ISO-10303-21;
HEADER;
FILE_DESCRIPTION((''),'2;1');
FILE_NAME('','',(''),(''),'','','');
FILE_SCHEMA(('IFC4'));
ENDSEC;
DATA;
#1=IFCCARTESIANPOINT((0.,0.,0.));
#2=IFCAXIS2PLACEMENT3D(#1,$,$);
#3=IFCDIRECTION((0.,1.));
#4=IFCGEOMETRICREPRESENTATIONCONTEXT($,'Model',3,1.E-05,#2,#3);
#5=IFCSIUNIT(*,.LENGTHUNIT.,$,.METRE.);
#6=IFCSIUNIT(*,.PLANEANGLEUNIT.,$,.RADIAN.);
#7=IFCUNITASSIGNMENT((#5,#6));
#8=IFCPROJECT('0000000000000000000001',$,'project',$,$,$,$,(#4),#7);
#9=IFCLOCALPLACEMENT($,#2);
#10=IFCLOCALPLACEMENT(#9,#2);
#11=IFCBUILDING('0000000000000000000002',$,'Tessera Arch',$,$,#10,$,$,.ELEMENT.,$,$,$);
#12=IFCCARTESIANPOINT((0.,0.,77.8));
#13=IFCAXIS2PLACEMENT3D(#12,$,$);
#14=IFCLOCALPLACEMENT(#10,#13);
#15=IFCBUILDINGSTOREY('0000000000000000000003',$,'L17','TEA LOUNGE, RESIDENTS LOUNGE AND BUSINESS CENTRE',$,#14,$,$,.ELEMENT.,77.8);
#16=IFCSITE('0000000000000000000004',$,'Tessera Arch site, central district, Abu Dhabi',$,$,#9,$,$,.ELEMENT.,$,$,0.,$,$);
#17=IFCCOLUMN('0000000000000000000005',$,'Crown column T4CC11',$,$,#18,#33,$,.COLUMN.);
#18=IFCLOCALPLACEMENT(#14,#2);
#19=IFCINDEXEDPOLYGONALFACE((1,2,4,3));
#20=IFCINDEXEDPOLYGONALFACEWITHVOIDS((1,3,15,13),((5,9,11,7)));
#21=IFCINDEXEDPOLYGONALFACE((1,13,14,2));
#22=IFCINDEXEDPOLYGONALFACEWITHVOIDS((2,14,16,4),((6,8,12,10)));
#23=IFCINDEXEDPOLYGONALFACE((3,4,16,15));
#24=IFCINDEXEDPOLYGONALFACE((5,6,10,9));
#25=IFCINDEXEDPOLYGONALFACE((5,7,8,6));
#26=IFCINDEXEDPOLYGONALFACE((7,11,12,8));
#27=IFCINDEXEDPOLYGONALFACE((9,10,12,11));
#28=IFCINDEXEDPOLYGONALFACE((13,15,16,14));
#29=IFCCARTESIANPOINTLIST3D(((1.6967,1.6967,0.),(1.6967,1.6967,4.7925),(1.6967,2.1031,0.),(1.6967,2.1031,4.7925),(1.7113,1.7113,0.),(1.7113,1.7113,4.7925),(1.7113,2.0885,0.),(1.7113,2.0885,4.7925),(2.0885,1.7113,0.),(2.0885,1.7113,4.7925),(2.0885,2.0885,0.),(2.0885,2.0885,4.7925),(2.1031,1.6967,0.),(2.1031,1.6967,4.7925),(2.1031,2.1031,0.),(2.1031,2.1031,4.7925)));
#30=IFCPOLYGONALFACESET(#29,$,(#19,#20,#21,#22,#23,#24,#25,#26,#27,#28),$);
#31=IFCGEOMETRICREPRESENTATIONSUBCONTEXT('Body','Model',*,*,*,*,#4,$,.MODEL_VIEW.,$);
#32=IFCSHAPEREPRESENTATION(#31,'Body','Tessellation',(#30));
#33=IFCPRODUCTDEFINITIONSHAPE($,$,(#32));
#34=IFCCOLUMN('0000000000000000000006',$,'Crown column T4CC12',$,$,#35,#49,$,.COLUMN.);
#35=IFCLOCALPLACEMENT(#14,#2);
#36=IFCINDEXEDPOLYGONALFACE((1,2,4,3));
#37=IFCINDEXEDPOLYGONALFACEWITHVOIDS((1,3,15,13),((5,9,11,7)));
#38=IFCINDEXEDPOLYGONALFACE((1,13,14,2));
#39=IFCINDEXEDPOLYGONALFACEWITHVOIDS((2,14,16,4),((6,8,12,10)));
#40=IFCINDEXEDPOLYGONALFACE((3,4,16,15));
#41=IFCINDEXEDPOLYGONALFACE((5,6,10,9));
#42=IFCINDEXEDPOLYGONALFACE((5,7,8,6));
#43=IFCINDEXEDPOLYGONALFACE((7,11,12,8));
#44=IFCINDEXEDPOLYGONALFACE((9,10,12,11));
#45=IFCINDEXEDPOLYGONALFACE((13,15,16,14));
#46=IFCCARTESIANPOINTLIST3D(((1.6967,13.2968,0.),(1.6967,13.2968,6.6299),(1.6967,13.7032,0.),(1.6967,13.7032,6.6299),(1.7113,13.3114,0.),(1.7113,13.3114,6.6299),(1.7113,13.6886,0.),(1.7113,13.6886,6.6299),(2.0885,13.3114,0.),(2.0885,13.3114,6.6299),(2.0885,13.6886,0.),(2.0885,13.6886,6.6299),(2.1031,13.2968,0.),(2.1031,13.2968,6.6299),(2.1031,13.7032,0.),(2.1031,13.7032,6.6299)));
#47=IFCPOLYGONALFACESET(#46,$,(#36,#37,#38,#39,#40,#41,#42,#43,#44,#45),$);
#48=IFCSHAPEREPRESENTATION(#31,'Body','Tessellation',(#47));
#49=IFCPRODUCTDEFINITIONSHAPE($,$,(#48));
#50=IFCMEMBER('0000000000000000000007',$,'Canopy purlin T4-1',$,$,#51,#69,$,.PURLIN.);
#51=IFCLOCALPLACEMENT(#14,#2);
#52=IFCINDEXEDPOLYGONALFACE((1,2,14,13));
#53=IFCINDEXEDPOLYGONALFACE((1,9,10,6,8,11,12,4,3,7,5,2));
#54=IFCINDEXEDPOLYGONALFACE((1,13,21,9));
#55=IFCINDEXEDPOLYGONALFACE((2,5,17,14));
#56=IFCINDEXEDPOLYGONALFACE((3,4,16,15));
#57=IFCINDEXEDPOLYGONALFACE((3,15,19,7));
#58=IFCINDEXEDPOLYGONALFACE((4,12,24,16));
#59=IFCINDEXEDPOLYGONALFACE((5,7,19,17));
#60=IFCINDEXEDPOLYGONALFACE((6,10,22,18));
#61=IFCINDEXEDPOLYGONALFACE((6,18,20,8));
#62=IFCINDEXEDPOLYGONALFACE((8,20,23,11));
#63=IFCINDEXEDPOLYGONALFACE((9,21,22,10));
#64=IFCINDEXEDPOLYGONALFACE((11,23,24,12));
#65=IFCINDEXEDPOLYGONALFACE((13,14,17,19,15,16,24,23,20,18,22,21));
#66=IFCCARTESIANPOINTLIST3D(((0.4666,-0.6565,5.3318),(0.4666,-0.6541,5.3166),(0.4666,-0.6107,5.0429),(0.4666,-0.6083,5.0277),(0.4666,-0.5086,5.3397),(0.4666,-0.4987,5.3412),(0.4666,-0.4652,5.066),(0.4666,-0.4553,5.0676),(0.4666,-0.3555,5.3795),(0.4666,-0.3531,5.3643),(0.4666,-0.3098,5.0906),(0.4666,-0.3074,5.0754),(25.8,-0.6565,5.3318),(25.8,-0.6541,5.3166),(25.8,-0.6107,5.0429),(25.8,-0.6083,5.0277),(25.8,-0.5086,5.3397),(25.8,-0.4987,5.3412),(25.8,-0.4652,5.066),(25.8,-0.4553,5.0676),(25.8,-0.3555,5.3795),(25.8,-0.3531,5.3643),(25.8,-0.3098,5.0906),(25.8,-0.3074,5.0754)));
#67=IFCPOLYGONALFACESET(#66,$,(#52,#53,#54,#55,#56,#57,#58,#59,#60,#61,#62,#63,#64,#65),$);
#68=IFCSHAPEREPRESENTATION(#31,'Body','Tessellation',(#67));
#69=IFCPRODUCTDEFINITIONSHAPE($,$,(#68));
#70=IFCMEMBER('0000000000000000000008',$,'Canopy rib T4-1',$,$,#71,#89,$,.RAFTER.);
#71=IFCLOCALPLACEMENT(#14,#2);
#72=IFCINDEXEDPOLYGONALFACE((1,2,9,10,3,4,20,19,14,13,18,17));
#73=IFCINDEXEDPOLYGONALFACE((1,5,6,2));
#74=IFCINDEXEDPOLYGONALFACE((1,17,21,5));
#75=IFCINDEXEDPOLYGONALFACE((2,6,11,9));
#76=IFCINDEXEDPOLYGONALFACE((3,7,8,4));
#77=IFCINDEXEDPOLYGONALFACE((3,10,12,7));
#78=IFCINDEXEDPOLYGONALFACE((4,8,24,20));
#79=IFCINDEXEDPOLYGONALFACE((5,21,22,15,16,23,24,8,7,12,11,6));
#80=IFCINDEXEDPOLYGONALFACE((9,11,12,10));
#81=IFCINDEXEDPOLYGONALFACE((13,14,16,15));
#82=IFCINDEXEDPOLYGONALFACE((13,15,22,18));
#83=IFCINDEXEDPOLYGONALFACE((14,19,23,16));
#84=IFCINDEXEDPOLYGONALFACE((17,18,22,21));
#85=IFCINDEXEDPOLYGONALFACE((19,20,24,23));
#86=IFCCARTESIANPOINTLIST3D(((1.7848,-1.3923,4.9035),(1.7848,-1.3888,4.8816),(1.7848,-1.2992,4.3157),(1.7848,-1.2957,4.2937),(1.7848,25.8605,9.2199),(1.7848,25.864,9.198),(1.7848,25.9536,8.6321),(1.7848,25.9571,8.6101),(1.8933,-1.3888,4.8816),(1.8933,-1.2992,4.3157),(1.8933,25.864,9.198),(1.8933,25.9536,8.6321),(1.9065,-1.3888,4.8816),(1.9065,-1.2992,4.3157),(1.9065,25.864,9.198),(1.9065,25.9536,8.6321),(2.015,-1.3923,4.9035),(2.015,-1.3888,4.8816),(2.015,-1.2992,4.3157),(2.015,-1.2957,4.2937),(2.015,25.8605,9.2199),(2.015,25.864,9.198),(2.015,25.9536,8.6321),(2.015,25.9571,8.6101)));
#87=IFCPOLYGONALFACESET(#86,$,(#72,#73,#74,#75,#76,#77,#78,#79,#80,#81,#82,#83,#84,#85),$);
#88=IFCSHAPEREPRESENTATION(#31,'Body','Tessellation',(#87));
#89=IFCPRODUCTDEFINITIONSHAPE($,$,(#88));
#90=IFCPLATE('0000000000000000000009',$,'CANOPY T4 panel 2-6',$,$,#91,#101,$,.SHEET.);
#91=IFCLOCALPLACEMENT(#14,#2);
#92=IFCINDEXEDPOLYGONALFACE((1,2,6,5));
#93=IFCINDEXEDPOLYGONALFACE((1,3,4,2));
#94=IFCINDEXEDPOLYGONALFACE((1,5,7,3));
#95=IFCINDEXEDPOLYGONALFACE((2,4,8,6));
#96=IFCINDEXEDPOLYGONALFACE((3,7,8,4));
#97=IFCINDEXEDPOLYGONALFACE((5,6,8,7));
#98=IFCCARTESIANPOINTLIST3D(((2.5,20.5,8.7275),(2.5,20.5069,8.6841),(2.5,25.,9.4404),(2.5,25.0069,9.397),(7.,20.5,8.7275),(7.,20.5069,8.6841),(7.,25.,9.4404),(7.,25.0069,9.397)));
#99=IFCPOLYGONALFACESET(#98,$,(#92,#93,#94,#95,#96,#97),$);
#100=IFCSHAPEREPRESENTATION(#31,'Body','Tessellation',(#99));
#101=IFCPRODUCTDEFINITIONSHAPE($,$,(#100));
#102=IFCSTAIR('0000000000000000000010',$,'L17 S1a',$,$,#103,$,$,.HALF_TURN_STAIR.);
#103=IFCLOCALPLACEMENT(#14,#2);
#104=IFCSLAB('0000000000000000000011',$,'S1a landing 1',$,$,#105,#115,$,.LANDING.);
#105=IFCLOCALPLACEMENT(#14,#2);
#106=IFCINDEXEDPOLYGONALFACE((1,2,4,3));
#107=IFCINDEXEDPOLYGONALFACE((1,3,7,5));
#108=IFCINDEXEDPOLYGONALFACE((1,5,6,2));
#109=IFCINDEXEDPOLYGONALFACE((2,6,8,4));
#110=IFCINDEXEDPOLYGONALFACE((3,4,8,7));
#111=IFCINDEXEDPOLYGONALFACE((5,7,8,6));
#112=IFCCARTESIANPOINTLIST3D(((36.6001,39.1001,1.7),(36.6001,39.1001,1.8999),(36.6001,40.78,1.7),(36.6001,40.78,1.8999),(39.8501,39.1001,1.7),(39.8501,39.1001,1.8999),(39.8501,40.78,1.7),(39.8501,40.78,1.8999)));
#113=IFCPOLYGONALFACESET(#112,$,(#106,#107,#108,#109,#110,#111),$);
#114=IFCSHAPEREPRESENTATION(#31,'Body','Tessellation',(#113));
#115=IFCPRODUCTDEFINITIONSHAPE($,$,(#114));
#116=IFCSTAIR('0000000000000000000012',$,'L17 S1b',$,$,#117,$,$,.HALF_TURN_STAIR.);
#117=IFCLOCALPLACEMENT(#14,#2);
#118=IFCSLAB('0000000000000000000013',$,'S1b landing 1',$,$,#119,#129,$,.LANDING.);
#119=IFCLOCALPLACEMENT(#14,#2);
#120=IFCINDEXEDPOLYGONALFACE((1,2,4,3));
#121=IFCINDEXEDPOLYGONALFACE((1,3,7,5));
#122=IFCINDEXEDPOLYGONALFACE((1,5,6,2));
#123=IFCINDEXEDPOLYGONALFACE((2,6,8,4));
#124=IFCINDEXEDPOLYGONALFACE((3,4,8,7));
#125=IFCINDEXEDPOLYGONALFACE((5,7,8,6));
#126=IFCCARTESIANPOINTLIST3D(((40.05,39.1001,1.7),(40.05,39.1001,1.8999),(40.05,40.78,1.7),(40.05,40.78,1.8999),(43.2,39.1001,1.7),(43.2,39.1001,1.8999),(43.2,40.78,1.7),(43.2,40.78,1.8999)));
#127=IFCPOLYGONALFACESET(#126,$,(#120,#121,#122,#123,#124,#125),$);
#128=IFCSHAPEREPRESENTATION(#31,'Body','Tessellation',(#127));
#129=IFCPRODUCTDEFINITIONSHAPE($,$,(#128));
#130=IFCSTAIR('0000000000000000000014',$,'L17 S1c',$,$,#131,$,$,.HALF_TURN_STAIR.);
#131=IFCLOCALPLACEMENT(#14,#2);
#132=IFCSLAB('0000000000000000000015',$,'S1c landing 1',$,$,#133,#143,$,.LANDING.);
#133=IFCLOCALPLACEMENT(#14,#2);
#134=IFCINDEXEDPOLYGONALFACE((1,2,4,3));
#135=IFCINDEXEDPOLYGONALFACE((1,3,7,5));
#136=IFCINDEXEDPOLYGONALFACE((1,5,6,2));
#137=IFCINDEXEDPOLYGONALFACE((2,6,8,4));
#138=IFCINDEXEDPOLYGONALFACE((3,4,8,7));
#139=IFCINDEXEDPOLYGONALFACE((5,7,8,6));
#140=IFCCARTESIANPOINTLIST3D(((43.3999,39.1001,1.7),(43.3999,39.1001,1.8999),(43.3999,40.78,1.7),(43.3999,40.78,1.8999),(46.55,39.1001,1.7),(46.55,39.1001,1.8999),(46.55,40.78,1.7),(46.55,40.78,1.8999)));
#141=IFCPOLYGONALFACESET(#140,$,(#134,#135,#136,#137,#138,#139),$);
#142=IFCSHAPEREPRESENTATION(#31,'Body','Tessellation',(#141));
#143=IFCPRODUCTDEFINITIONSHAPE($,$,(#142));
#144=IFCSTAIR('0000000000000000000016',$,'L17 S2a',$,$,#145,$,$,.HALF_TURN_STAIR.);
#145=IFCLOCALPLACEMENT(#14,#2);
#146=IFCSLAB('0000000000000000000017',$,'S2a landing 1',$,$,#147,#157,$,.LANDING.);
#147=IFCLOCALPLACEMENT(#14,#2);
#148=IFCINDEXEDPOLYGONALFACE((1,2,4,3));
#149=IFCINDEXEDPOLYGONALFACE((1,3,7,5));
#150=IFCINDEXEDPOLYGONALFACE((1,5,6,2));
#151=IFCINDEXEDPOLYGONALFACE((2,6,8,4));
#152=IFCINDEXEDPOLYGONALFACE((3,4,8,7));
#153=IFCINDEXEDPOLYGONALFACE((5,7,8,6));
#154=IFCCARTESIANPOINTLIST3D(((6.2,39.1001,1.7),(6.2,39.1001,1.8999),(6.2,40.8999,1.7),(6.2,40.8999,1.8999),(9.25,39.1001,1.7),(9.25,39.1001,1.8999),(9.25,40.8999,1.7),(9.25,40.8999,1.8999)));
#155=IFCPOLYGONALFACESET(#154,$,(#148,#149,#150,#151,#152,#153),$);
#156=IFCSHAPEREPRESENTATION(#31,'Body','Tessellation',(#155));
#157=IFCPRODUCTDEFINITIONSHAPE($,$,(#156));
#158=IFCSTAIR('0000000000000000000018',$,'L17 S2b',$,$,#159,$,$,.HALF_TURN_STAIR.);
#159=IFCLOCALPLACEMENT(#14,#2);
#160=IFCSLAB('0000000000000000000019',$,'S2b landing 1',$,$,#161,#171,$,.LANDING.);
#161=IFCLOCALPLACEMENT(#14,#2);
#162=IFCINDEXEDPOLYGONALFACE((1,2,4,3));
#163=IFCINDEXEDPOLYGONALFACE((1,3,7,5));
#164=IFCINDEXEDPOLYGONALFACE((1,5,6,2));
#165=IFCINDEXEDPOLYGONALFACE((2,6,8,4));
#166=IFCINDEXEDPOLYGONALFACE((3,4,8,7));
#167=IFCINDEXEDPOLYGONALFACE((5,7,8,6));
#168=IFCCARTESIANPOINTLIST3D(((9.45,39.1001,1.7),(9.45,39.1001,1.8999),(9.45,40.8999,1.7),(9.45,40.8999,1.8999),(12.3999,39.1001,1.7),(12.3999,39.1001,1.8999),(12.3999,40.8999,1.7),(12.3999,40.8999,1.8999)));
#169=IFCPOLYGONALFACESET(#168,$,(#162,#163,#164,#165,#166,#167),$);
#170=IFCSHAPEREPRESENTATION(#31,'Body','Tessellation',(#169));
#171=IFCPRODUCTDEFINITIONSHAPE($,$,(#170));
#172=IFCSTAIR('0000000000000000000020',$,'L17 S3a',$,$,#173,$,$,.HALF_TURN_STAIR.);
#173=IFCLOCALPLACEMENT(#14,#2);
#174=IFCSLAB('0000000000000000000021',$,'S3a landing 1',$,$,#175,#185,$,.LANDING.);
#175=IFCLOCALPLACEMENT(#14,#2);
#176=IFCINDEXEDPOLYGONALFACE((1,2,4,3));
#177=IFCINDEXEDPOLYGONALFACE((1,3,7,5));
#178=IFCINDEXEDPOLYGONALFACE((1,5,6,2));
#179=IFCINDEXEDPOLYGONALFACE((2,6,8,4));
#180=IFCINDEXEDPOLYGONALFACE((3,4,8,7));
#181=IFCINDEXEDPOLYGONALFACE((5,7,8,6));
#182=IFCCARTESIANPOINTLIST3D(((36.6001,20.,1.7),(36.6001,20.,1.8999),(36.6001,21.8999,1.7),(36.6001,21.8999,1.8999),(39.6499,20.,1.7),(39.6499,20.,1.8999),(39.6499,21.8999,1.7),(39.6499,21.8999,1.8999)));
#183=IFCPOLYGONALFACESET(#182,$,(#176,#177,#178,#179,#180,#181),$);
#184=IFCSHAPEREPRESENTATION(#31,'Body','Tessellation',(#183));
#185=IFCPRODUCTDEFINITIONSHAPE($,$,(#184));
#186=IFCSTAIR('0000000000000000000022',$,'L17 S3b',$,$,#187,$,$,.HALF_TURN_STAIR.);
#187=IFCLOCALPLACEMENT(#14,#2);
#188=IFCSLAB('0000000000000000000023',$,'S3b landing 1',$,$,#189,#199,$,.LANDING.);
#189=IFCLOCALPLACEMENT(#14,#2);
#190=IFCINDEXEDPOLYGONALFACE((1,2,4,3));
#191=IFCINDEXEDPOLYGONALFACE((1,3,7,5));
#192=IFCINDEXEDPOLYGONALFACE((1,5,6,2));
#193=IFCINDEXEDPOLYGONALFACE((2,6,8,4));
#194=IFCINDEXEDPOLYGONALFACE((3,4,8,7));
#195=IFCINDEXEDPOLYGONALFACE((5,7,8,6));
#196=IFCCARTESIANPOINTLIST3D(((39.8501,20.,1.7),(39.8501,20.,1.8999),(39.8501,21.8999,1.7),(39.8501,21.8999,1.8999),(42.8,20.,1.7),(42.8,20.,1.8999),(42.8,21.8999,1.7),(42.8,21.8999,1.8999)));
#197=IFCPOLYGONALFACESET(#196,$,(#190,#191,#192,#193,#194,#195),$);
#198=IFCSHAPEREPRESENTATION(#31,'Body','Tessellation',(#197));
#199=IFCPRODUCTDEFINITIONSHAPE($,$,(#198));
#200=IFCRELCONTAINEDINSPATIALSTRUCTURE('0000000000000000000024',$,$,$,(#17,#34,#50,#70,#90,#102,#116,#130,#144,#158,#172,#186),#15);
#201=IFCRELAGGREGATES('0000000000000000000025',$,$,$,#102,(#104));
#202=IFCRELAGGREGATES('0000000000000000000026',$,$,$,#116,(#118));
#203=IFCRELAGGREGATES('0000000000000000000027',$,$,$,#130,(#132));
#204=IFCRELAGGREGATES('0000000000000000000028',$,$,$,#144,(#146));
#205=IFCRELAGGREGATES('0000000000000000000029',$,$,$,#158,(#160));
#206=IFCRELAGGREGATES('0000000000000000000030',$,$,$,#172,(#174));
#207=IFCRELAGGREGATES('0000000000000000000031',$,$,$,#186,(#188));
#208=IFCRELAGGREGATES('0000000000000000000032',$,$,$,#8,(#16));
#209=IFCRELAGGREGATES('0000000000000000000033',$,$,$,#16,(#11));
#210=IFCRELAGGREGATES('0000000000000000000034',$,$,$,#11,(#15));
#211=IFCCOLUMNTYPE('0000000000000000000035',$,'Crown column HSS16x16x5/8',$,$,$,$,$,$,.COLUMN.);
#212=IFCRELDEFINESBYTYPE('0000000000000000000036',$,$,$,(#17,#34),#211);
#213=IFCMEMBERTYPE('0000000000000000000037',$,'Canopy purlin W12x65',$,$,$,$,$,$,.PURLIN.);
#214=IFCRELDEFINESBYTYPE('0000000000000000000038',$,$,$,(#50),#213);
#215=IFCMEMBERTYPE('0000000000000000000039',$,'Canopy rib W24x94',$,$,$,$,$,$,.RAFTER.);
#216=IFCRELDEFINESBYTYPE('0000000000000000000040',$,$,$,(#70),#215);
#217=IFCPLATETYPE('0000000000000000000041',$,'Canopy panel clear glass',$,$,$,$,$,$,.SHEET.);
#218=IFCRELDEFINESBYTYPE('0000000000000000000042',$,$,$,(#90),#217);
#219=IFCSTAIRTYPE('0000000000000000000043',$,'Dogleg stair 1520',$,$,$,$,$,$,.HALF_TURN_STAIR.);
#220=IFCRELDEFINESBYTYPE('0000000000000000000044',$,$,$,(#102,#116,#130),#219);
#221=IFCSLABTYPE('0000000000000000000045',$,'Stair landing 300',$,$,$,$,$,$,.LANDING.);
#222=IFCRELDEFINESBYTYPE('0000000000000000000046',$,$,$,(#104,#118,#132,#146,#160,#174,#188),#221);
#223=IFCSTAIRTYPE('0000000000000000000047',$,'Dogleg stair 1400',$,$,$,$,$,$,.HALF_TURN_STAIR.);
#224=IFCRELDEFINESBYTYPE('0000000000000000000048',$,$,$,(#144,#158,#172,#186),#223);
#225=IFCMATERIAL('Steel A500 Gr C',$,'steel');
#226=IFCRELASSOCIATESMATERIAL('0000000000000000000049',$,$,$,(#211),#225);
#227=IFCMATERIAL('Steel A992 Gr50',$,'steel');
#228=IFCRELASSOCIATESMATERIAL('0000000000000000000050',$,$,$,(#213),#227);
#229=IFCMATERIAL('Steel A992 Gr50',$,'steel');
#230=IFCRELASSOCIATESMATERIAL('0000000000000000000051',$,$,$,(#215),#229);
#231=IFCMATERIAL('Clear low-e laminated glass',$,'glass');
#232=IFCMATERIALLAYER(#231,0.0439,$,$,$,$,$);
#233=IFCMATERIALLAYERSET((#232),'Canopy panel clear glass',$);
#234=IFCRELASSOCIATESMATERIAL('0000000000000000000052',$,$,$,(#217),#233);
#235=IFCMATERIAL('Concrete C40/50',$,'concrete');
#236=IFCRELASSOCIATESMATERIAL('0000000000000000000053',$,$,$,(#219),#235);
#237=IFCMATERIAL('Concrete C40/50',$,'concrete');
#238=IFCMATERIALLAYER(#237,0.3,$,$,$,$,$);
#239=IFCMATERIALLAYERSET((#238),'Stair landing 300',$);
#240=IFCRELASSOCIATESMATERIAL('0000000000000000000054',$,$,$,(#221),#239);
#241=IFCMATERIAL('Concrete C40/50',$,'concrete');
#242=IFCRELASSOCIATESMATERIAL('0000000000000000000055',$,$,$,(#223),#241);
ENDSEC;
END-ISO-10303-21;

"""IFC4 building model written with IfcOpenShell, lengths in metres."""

from ifc_helpers import new_model, si_unit, direction, frame, origin, origin_2d, place, context, subcontext, project, spatial, polyline, hollow_rectangle, i_section, outline, extrude, material, layer, layer_set, material_profile, profile_set, type_object, element, aggregate, save


model = new_model("IFC4")

# Units and contexts
model_context = context("Model", 3, precision=1e-05, world=origin(), true_north=direction((0.0, 1.0)))
body_context = subcontext(model_context, "Body", "Model", "MODEL_VIEW")
ifc_project = project(units=[si_unit("LENGTHUNIT", "METRE"), si_unit("PLANEANGLEUNIT", "RADIAN")], contexts=[model_context])

# Site, building, storey
site_placement = place(None, origin())
site = spatial("IfcSite", under=ifc_project, at=site_placement, Name="Tessera Arch site, central district, Abu Dhabi", CompositionType="ELEMENT", RefElevation=0.0)
building_placement = place(site_placement, origin())
building = spatial("IfcBuilding", under=site, at=building_placement, Name="Tessera Arch", CompositionType="ELEMENT")
storey_placement = place(building_placement, frame((0.0, 0.0, 77.8)))
storey = spatial("IfcBuildingStorey", under=building, at=storey_placement, Name="L17", Description="TEA LOUNGE, RESIDENTS LOUNGE AND BUSINESS CENTRE", CompositionType="ELEMENT", Elevation=77.8)

# Columns
ifc_material_1 = material(Name="Steel A500 Gr C", Category="steel")
ifc_material_profile_1 = material_profile(ifc_material_1, hollow_rectangle(XDim=0.4065, YDim=0.4065, WallThickness=0.0146, at=origin_2d()), Name="HSS16x16x5/8")
ifc_profile_set_1 = profile_set([ifc_material_profile_1], Name="Steel A500 Gr C")
column_type = type_object("IfcColumnType", Name="Crown column HSS16x16x5/8", PredefinedType="COLUMN", material=ifc_profile_set_1)
column_1_placement = place(storey_placement, frame((1.8999, 1.8999, 0.0), z_axis=(0.0, 0.0, 1.0), x_axis=(1.0, 0.0, 0.0)))
element("IfcColumn", 1, at=column_1_placement, inside=storey, type_object=column_type, Name="Crown column T4CC11", PredefinedType="COLUMN", context=body_context, shape_type="SweptSolid", body=[
    extrude(hollow_rectangle(XDim=0.4065, YDim=0.4065, WallThickness=0.0146, at=origin_2d()), origin(), (0.0, 0.0, 1.0), 4.7925),
])
column_2_placement = place(storey_placement, frame((1.8999, 13.5, 0.0), z_axis=(0.0, 0.0, 1.0), x_axis=(1.0, 0.0, 0.0)))
element("IfcColumn", 2, at=column_2_placement, inside=storey, type_object=column_type, Name="Crown column T4CC12", PredefinedType="COLUMN", context=body_context, shape_type="SweptSolid", body=[
    extrude(hollow_rectangle(XDim=0.4065, YDim=0.4065, WallThickness=0.0146, at=origin_2d()), origin(), (0.0, 0.0, 1.0), 6.6299),
])

# Members
ifc_material_2 = material(Name="Steel A992 Gr50", Category="steel")
ifc_material_profile_2 = material_profile(ifc_material_2, i_section(OverallWidth=0.3047, OverallDepth=0.3079, WebThickness=0.01, FlangeThickness=0.0154, at=origin_2d()), Name="W12x65")
ifc_profile_set_2 = profile_set([ifc_material_profile_2], Name="Steel A992 Gr50")
member_type_1 = type_object("IfcMemberType", Name="Canopy purlin W12x65", PredefinedType="PURLIN", material=ifc_profile_set_2)
member_1_placement = place(storey_placement, frame((0.4666, -0.4819, 5.2036), z_axis=(1.0, 0.0, 0.0), x_axis=(0.0, 0.987688, 0.156434)))
element("IfcMember", 3, at=member_1_placement, inside=storey, type_object=member_type_1, Name="Canopy purlin T4-1", PredefinedType="PURLIN", context=body_context, shape_type="SweptSolid", body=[
    extrude(i_section(OverallWidth=0.3047, OverallDepth=0.3079, WebThickness=0.01, FlangeThickness=0.0154, at=origin_2d()), origin(), (0.0, 0.0, 1.0), 25.3335),
])
ifc_material_3 = material(Name="Steel A992 Gr50", Category="steel")
ifc_material_profile_3 = material_profile(ifc_material_3, i_section(OverallWidth=0.2302, OverallDepth=0.6174, WebThickness=0.0132, FlangeThickness=0.0222, at=origin_2d()), Name="W24x94")
ifc_profile_set_3 = profile_set([ifc_material_profile_3], Name="Steel A992 Gr50")
member_type_2 = type_object("IfcMemberType", Name="Canopy rib W24x94", PredefinedType="RAFTER", material=ifc_profile_set_3)
member_2_placement = place(storey_placement, frame((1.8999, -1.344, 4.5986), z_axis=(0.0, 0.987689, 0.156433), x_axis=(-1.0, 0.0, 0.0)))
element("IfcMember", 4, at=member_2_placement, inside=storey, type_object=member_type_2, Name="Canopy rib T4-1", PredefinedType="RAFTER", context=body_context, shape_type="SweptSolid", body=[
    extrude(i_section(OverallWidth=0.2302, OverallDepth=0.6174, WebThickness=0.0132, FlangeThickness=0.0222, at=origin_2d()), origin(), (0.0, 0.0, 1.0), 27.5925),
])

# Plate
ifc_material_4 = material(Name="Clear low-e laminated glass", Category="glass")
ifc_layer_1 = layer(ifc_material_4, 0.0439)
ifc_layer_set_1 = layer_set([ifc_layer_1], Name="Canopy panel clear glass")
plate_type = type_object("IfcPlateType", Name="Canopy panel clear glass", PredefinedType="SHEET", material=ifc_layer_set_1)
plate_placement = place(storey_placement, frame((7.0, 20.5, 8.7275), z_axis=(0.0, -0.156469, 0.987683), x_axis=(0.0, 0.987683, 0.156469)))
element("IfcPlate", 5, at=plate_placement, inside=storey, type_object=plate_type, Name="CANOPY T4 panel 2-6", PredefinedType="SHEET", context=body_context, shape_type="SweptSolid", body=[
    extrude(outline(polyline([(0.0, 0.0), (4.5561, 0.0), (4.5561, 4.5), (0.0, 4.5), (0.0, 0.0)])), origin(), (0.0, 0.0, -1.0), 0.0439),
])

# Stairs, slabs
ifc_material_5 = material(Name="Concrete C40/50", Category="concrete")
stair_type_1 = type_object("IfcStairType", Name="Dogleg stair 1520", PredefinedType="HALF_TURN_STAIR", material=ifc_material_5)
stair_1_placement = place(storey_placement, origin())
stair_1 = element("IfcStair", 6, at=stair_1_placement, inside=storey, type_object=stair_type_1, Name="L17 S1a", PredefinedType="HALF_TURN_STAIR")
ifc_material_6 = material(Name="Concrete C40/50", Category="concrete")
ifc_layer_2 = layer(ifc_material_6, 0.3)
ifc_layer_set_2 = layer_set([ifc_layer_2], Name="Stair landing 300")
slab_type = type_object("IfcSlabType", Name="Stair landing 300", PredefinedType="LANDING", material=ifc_layer_set_2)
slab_1_placement = place(storey_placement, frame((0.0, 0.0, 1.7)))
slab_1 = element("IfcSlab", 7, at=slab_1_placement, type_object=slab_type, Name="S1a landing 1", PredefinedType="LANDING", context=body_context, shape_type="SweptSolid", body=[
    extrude(outline(polyline([(36.6001, 40.78), (36.6001, 39.1001), (39.8501, 39.1001), (39.8501, 40.78), (36.6001, 40.78)])), origin(), (0.0, 0.0, 1.0), 0.2),
])
aggregate(stair_1, [slab_1])
stair_2_placement = place(storey_placement, origin())
stair_2 = element("IfcStair", 8, at=stair_2_placement, inside=storey, type_object=stair_type_1, Name="L17 S1b", PredefinedType="HALF_TURN_STAIR")
slab_2_placement = place(storey_placement, frame((0.0, 0.0, 1.7)))
slab_2 = element("IfcSlab", 9, at=slab_2_placement, type_object=slab_type, Name="S1b landing 1", PredefinedType="LANDING", context=body_context, shape_type="SweptSolid", body=[
    extrude(outline(polyline([(40.05, 40.78), (40.05, 39.1001), (43.2, 39.1001), (43.2, 40.78), (40.05, 40.78)])), origin(), (0.0, 0.0, 1.0), 0.2),
])
aggregate(stair_2, [slab_2])
stair_3_placement = place(storey_placement, origin())
stair_3 = element("IfcStair", 10, at=stair_3_placement, inside=storey, type_object=stair_type_1, Name="L17 S1c", PredefinedType="HALF_TURN_STAIR")
slab_3_placement = place(storey_placement, frame((0.0, 0.0, 1.7)))
slab_3 = element("IfcSlab", 11, at=slab_3_placement, type_object=slab_type, Name="S1c landing 1", PredefinedType="LANDING", context=body_context, shape_type="SweptSolid", body=[
    extrude(outline(polyline([(43.3999, 40.78), (43.3999, 39.1001), (46.55, 39.1001), (46.55, 40.78), (43.3999, 40.78)])), origin(), (0.0, 0.0, 1.0), 0.2),
])
aggregate(stair_3, [slab_3])
ifc_material_7 = material(Name="Concrete C40/50", Category="concrete")
stair_type_2 = type_object("IfcStairType", Name="Dogleg stair 1400", PredefinedType="HALF_TURN_STAIR", material=ifc_material_7)
stair_4_placement = place(storey_placement, origin())
stair_4 = element("IfcStair", 12, at=stair_4_placement, inside=storey, type_object=stair_type_2, Name="L17 S2a", PredefinedType="HALF_TURN_STAIR")
slab_4_placement = place(storey_placement, frame((0.0, 0.0, 1.7)))
slab_4 = element("IfcSlab", 13, at=slab_4_placement, type_object=slab_type, Name="S2a landing 1", PredefinedType="LANDING", context=body_context, shape_type="SweptSolid", body=[
    extrude(outline(polyline([(6.2, 40.8999), (6.2, 39.1001), (9.25, 39.1001), (9.25, 40.8999), (6.2, 40.8999)])), origin(), (0.0, 0.0, 1.0), 0.2),
])
aggregate(stair_4, [slab_4])
stair_5_placement = place(storey_placement, origin())
stair_5 = element("IfcStair", 14, at=stair_5_placement, inside=storey, type_object=stair_type_2, Name="L17 S2b", PredefinedType="HALF_TURN_STAIR")
slab_5_placement = place(storey_placement, frame((0.0, 0.0, 1.7)))
slab_5 = element("IfcSlab", 15, at=slab_5_placement, type_object=slab_type, Name="S2b landing 1", PredefinedType="LANDING", context=body_context, shape_type="SweptSolid", body=[
    extrude(outline(polyline([(9.45, 40.8999), (9.45, 39.1001), (12.3999, 39.1001), (12.3999, 40.8999), (9.45, 40.8999)])), origin(), (0.0, 0.0, 1.0), 0.2),
])
aggregate(stair_5, [slab_5])
stair_6_placement = place(storey_placement, origin())
stair_6 = element("IfcStair", 16, at=stair_6_placement, inside=storey, type_object=stair_type_2, Name="L17 S3a", PredefinedType="HALF_TURN_STAIR")
slab_6_placement = place(storey_placement, frame((0.0, 0.0, 1.7)))
slab_6 = element("IfcSlab", 17, at=slab_6_placement, type_object=slab_type, Name="S3a landing 1", PredefinedType="LANDING", context=body_context, shape_type="SweptSolid", body=[
    extrude(outline(polyline([(39.6499, 20.0), (39.6499, 21.8999), (36.6001, 21.8999), (36.6001, 20.0), (39.6499, 20.0)])), origin(), (0.0, 0.0, 1.0), 0.2),
])
aggregate(stair_6, [slab_6])
stair_7_placement = place(storey_placement, origin())
stair_7 = element("IfcStair", 18, at=stair_7_placement, inside=storey, type_object=stair_type_2, Name="L17 S3b", PredefinedType="HALF_TURN_STAIR")
slab_7_placement = place(storey_placement, frame((0.0, 0.0, 1.7)))
slab_7 = element("IfcSlab", 19, at=slab_7_placement, type_object=slab_type, Name="S3b landing 1", PredefinedType="LANDING", context=body_context, shape_type="SweptSolid", body=[
    extrude(outline(polyline([(42.8, 20.0), (42.8, 21.8999), (39.8501, 21.8999), (39.8501, 20.0), (42.8, 20.0)])), origin(), (0.0, 0.0, 1.0), 0.2),
])
aggregate(stair_7, [slab_7])

save(model, "model.ifc")
